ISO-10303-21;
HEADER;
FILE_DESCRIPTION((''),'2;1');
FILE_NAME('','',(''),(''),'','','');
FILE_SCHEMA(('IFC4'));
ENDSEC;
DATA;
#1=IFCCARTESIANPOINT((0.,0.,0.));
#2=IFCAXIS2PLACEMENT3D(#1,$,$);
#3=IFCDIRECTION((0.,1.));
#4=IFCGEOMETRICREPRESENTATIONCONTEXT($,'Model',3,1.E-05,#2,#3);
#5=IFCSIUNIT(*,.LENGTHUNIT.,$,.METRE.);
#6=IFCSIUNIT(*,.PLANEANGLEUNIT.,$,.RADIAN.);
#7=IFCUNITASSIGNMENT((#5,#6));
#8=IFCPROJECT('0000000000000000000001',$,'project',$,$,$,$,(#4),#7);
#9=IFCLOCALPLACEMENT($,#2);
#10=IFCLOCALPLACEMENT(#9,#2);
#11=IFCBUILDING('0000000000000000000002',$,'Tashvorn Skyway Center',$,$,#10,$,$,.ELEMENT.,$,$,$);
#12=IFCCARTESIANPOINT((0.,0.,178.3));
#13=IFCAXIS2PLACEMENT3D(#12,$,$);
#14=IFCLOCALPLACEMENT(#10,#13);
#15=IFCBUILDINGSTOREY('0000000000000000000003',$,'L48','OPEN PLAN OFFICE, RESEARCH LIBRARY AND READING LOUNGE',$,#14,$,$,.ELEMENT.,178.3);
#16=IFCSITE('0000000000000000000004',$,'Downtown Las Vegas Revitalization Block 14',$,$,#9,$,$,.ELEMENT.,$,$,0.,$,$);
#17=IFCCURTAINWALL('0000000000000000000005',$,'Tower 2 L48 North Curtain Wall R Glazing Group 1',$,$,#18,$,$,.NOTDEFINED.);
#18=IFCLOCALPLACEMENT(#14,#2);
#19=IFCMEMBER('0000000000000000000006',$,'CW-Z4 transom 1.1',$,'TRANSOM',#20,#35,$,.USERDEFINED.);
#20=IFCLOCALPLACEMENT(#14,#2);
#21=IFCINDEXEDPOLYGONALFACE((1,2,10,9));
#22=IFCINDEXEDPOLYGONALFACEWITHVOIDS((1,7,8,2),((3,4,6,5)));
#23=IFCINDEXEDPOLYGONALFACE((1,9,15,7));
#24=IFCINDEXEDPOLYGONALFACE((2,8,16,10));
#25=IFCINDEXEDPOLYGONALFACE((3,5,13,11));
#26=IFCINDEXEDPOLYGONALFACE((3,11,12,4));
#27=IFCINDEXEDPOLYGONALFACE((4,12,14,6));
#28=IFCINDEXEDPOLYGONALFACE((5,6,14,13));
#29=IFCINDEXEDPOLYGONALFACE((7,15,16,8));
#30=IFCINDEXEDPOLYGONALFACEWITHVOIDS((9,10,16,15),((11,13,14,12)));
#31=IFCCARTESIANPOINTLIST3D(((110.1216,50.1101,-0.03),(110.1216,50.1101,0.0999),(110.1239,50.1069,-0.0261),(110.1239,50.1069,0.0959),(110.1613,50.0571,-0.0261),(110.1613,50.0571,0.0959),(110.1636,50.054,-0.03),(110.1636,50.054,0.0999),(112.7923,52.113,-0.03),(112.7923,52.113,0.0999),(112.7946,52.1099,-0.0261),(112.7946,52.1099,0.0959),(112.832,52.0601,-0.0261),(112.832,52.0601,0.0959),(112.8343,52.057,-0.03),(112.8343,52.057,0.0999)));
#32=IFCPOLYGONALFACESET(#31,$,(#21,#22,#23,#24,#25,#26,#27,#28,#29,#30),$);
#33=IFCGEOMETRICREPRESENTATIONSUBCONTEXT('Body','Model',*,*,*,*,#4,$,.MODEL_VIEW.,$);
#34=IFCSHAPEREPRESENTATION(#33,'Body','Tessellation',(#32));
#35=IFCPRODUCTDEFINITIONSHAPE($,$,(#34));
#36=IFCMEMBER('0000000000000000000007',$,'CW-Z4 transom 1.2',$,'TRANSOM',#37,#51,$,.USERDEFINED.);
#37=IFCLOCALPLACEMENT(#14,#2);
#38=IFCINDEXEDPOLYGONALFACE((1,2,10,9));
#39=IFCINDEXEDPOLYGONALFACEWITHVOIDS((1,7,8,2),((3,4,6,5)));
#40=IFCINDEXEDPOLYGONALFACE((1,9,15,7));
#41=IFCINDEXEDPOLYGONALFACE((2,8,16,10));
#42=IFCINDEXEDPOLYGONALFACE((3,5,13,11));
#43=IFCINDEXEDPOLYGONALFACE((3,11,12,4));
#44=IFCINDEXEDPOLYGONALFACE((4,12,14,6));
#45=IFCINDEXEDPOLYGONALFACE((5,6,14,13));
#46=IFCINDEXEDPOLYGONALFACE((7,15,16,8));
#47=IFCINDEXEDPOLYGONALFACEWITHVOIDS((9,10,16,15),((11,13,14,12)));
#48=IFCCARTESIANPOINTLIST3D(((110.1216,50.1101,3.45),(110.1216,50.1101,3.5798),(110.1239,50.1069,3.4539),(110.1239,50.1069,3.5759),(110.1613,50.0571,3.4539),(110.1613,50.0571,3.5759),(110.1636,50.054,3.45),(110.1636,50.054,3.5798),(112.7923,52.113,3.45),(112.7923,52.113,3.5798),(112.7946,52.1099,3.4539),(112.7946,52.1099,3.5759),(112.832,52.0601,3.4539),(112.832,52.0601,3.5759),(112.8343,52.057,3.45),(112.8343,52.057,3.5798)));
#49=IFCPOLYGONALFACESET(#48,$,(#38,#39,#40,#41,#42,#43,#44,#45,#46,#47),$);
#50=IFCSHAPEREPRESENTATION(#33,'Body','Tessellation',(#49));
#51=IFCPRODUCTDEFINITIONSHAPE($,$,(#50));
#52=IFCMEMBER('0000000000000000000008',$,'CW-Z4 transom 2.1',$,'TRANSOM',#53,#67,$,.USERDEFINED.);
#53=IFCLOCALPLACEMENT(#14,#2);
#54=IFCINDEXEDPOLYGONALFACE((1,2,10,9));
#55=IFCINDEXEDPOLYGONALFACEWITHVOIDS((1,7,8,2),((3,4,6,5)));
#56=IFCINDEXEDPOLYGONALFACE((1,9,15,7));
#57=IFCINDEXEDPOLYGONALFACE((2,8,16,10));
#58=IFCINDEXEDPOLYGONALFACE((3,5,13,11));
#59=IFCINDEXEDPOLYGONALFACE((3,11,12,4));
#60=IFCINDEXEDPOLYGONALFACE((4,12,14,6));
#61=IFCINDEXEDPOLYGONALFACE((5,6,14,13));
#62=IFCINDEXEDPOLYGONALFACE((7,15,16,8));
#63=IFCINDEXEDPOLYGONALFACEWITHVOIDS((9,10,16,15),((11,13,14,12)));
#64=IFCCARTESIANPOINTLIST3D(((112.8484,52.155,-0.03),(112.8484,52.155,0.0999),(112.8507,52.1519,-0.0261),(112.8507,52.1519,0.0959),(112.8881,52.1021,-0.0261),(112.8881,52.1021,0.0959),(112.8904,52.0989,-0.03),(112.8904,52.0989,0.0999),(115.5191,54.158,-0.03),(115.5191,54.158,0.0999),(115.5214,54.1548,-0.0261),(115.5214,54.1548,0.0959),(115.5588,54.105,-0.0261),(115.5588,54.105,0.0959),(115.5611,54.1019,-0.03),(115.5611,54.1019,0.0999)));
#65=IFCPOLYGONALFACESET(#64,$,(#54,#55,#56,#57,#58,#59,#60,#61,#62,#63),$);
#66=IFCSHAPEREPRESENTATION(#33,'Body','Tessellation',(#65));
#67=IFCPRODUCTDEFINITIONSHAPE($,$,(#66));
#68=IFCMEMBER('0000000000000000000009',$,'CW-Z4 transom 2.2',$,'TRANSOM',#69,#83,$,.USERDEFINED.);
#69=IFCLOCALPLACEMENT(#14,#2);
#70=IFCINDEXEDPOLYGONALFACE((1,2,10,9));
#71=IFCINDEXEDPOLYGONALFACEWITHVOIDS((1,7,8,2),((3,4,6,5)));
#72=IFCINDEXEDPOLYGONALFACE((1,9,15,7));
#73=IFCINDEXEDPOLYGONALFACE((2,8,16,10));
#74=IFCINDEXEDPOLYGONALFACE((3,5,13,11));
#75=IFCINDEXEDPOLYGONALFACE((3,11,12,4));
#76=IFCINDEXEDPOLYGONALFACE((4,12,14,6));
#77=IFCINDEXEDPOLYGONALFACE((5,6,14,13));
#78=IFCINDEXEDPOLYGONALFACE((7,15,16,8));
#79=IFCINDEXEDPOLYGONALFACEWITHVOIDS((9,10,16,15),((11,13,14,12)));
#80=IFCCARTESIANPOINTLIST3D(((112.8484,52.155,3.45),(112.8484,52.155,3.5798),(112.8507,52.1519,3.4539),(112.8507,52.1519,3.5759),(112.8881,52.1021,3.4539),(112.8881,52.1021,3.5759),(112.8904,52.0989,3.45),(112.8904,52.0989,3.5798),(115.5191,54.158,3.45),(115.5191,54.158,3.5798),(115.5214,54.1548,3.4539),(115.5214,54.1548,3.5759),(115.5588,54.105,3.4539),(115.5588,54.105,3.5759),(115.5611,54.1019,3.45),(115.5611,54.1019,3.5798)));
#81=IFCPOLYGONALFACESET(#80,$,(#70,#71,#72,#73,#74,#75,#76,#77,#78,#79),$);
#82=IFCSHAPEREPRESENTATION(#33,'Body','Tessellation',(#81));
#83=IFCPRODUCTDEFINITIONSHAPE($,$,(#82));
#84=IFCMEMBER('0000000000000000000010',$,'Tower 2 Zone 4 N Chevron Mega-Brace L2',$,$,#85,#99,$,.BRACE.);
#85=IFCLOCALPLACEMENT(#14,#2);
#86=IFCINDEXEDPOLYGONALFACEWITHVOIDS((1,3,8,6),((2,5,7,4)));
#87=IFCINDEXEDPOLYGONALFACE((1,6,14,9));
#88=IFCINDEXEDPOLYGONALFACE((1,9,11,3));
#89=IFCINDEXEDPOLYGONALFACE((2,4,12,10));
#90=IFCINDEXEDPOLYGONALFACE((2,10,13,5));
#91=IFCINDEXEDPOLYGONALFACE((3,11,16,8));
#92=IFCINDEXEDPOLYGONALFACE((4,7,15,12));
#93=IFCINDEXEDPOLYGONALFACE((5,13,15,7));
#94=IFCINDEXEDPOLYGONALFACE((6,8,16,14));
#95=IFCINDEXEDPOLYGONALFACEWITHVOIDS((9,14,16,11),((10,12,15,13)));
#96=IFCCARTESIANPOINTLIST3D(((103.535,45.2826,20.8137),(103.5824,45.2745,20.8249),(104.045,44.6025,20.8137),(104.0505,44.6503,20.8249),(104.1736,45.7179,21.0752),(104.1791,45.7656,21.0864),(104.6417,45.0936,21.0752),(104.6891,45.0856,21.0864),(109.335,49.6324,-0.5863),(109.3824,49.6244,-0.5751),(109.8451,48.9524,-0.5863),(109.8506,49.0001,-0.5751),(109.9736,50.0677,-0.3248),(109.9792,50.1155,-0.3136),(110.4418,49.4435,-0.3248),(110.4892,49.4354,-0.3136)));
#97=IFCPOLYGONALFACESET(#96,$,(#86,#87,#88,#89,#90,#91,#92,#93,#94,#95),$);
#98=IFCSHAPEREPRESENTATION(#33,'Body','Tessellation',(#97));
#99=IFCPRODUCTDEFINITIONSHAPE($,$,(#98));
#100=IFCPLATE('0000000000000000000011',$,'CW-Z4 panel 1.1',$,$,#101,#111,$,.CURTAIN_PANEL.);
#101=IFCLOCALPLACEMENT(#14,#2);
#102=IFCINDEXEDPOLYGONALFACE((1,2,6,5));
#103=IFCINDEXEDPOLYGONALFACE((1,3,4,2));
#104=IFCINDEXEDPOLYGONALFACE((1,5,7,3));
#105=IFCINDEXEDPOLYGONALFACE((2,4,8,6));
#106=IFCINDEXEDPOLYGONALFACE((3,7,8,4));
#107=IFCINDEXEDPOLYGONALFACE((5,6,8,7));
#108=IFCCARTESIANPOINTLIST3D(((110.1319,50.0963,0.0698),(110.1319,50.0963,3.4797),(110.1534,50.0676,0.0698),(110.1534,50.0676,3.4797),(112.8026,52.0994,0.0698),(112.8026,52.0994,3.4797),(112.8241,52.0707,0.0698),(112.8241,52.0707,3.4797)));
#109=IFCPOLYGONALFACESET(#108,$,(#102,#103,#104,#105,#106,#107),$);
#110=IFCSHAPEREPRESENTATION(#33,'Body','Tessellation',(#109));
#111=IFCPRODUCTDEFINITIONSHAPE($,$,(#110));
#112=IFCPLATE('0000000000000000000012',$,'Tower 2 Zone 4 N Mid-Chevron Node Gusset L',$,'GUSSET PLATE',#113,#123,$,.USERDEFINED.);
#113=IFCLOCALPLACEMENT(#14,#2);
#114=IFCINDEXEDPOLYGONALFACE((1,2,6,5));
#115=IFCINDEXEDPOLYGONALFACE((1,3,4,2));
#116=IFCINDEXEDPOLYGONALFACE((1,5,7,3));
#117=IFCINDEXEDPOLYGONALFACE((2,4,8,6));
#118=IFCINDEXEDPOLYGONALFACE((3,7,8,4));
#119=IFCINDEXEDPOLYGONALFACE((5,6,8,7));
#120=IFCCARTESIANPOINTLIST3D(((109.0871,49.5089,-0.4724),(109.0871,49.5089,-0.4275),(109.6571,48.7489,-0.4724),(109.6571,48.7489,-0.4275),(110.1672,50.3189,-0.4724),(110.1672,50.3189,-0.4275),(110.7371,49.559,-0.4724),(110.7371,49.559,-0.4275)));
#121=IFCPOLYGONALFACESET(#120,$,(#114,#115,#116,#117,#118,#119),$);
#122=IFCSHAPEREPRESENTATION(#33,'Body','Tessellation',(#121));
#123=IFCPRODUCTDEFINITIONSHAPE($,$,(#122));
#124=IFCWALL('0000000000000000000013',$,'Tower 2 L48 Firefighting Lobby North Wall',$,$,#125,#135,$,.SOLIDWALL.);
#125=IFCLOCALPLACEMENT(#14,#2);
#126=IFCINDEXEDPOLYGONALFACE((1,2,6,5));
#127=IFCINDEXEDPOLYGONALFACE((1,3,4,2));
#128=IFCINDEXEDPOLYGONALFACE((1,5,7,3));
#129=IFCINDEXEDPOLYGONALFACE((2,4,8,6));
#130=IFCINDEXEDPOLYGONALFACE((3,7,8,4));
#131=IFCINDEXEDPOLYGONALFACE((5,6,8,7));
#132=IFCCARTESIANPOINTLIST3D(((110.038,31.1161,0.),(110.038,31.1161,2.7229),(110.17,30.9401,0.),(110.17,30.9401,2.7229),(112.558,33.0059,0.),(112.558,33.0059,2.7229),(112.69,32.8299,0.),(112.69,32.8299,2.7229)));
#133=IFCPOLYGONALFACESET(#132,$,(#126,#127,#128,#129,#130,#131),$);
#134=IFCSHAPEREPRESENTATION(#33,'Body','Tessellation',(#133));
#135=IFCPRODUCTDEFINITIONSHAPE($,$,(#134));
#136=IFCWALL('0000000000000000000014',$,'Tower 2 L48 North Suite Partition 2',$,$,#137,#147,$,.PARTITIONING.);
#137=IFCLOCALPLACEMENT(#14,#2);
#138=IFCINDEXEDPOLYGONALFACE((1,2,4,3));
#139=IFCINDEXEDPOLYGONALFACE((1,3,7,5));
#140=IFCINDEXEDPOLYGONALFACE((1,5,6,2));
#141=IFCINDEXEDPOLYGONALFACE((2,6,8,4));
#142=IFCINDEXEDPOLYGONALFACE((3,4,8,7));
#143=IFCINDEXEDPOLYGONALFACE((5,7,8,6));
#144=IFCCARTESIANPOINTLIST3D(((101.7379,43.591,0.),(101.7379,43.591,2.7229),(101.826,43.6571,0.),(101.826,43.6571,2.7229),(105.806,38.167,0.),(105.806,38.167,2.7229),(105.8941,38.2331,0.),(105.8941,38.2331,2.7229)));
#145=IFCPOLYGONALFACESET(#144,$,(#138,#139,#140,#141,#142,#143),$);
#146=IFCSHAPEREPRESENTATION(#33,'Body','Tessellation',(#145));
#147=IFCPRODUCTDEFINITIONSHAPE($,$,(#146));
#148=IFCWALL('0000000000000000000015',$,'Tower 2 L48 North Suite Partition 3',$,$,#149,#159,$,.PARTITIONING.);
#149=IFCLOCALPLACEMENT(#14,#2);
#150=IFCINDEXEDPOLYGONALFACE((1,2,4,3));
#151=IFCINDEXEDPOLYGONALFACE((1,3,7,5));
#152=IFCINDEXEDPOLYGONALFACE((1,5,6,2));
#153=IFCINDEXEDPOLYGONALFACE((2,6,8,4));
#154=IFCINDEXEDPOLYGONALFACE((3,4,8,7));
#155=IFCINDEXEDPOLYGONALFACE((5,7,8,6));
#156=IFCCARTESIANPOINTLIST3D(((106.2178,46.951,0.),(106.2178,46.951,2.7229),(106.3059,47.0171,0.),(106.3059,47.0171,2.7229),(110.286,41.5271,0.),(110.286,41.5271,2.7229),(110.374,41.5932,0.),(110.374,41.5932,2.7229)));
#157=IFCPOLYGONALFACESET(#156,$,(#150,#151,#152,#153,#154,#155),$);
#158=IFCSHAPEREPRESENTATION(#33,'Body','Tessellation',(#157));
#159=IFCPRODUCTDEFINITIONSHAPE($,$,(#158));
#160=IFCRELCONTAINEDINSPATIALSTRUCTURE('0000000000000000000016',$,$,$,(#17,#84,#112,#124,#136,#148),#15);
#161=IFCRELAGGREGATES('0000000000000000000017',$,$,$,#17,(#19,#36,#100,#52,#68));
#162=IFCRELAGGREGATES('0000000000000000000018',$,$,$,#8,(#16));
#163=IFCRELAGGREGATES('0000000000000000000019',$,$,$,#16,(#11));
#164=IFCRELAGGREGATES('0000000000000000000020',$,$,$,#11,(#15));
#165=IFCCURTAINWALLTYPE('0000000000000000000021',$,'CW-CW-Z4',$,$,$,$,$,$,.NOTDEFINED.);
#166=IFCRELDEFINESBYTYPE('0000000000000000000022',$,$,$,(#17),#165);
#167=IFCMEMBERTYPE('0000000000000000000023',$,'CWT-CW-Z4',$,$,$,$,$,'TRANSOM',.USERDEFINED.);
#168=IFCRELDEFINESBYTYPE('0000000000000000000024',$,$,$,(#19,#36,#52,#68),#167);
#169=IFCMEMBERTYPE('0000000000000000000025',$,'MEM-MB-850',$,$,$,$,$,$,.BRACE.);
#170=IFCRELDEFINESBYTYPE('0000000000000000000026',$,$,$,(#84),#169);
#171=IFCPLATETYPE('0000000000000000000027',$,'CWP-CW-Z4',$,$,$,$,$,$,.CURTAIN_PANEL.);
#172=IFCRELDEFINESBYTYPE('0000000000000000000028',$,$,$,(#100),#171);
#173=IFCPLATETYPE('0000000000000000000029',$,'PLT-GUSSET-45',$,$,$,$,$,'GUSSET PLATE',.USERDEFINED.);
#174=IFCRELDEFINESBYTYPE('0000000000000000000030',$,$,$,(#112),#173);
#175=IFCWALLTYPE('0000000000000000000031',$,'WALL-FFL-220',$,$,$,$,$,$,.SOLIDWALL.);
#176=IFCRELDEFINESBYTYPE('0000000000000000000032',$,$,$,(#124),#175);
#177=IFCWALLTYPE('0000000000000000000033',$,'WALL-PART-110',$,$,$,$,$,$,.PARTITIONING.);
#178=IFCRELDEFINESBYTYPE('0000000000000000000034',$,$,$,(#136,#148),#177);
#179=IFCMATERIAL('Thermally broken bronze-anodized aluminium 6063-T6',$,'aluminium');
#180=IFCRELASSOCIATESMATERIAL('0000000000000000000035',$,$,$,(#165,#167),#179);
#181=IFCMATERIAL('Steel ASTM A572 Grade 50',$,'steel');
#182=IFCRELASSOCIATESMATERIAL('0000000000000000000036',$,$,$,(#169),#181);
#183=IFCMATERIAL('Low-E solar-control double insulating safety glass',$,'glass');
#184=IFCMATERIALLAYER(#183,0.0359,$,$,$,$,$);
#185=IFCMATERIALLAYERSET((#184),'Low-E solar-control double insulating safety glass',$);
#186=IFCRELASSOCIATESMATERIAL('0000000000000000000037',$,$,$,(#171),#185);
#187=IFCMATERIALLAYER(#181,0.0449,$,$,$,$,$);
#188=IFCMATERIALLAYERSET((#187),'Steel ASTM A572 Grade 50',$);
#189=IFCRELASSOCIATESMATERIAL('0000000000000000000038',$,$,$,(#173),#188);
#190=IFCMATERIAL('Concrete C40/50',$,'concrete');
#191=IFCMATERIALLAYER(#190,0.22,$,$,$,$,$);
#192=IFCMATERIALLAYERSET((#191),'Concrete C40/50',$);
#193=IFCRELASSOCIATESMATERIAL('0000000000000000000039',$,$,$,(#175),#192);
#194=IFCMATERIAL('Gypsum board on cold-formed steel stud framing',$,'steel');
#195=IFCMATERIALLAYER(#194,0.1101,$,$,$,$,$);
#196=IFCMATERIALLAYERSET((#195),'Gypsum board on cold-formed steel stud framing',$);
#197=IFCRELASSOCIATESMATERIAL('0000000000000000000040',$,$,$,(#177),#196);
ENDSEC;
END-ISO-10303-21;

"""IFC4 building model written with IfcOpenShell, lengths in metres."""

from ifc_helpers import new_model, si_unit, direction, frame, frame_2d, origin, origin_2d, place, context, subcontext, project, spatial, rectangle, hollow_rectangle, extrude, material, layer, layer_set, material_profile, profile_set, type_object, element, aggregate, save


model = new_model("IFC4")

# Units and contexts
model_context = context("Model", 3, precision=1e-05, world=origin(), true_north=direction((0.0, 1.0)))
body_context = subcontext(model_context, "Body", "Model", "MODEL_VIEW")
ifc_project = project(units=[si_unit("LENGTHUNIT", "METRE"), si_unit("PLANEANGLEUNIT", "RADIAN")], contexts=[model_context])

# Site, building, storey
site_placement = place(None, origin())
site = spatial("IfcSite", under=ifc_project, at=site_placement, Name="Downtown Las Vegas Revitalization Block 14", CompositionType="ELEMENT", RefElevation=0.0)
building_placement = place(site_placement, origin())
building = spatial("IfcBuilding", under=site, at=building_placement, Name="Tashvorn Skyway Center", CompositionType="ELEMENT")
storey_placement = place(building_placement, frame((0.0, 0.0, 178.3)))
storey = spatial("IfcBuildingStorey", under=building, at=storey_placement, Name="L48", Description="OPEN PLAN OFFICE, RESEARCH LIBRARY AND READING LOUNGE", CompositionType="ELEMENT", Elevation=178.3)

# Shared definitions
ifc_material_1 = material(Name="Steel ASTM A572 Grade 50", Category="steel")

# Curtain wall, members
ifc_material_2 = material(Name="Thermally broken bronze-anodized aluminium 6063-T6", Category="aluminium")
curtain_wall_type = type_object("IfcCurtainWallType", Name="CW-CW-Z4", PredefinedType="NOTDEFINED", material=ifc_material_2)
curtain_wall_placement = place(storey_placement, origin())
curtain_wall = element("IfcCurtainWall", 1, at=curtain_wall_placement, inside=storey, type_object=curtain_wall_type, Name="Tower 2 L48 North Curtain Wall R Glazing Group 1", PredefinedType="NOTDEFINED")
ifc_material_profile_1 = material_profile(ifc_material_2, hollow_rectangle(XDim=0.0701, YDim=0.1299, WallThickness=0.0039, at=origin_2d()), Name="ALU-TRAN-70x130")
ifc_profile_set_1 = profile_set([ifc_material_profile_1], Name="Thermally broken bronze-anodized aluminium 6063-T6")
member_type_1 = type_object("IfcMemberType", Name="CWT-CW-Z4", ElementType="TRANSOM", PredefinedType="USERDEFINED", material=ifc_profile_set_1)
member_1_placement = place(storey_placement, frame((110.1426, 50.082, 0.0349), z_axis=(0.800009, 0.599988, 0.0), x_axis=(-0.599988, 0.800009, 0.0)))
member_1 = element("IfcMember", 2, at=member_1_placement, type_object=member_type_1, Name="CW-Z4 transom 1.1", ObjectType="TRANSOM", PredefinedType="USERDEFINED", context=body_context, shape_type="SweptSolid", body=[
    extrude(hollow_rectangle(XDim=0.0701, YDim=0.1299, WallThickness=0.0039, at=origin_2d()), origin(), (0.0, 0.0, 1.0), 3.3384),
])
member_2_placement = place(storey_placement, frame((110.1426, 50.082, 3.5149), z_axis=(0.800009, 0.599988, 0.0), x_axis=(-0.599988, 0.800009, 0.0)))
member_2 = element("IfcMember", 3, at=member_2_placement, type_object=member_type_1, Name="CW-Z4 transom 1.2", ObjectType="TRANSOM", PredefinedType="USERDEFINED", context=body_context, shape_type="SweptSolid", body=[
    extrude(hollow_rectangle(XDim=0.0701, YDim=0.1299, WallThickness=0.0039, at=origin_2d()), origin(), (0.0, 0.0, 1.0), 3.3384),
])
member_3_placement = place(storey_placement, frame((112.8694, 52.127, 0.0349), z_axis=(0.800009, 0.599988, 0.0), x_axis=(-0.599988, 0.800009, 0.0)))
member_3 = element("IfcMember", 4, at=member_3_placement, type_object=member_type_1, Name="CW-Z4 transom 2.1", ObjectType="TRANSOM", PredefinedType="USERDEFINED", context=body_context, shape_type="SweptSolid", body=[
    extrude(hollow_rectangle(XDim=0.0701, YDim=0.1299, WallThickness=0.0039, at=origin_2d()), origin(), (0.0, 0.0, 1.0), 3.3384),
])
member_4_placement = place(storey_placement, frame((112.8694, 52.127, 3.5149), z_axis=(0.800009, 0.599988, 0.0), x_axis=(-0.599988, 0.800009, 0.0)))
member_4 = element("IfcMember", 5, at=member_4_placement, type_object=member_type_1, Name="CW-Z4 transom 2.2", ObjectType="TRANSOM", PredefinedType="USERDEFINED", context=body_context, shape_type="SweptSolid", body=[
    extrude(hollow_rectangle(XDim=0.0701, YDim=0.1299, WallThickness=0.0039, at=origin_2d()), origin(), (0.0, 0.0, 1.0), 3.3384),
])

# Member
ifc_material_profile_2 = material_profile(ifc_material_1, hollow_rectangle(XDim=0.8501, YDim=0.8501, WallThickness=0.0349, at=origin_2d()), Name="BOX850x850x35")
ifc_profile_set_2 = profile_set([ifc_material_profile_2], Name="Steel ASTM A572 Grade 50")
member_type_2 = type_object("IfcMemberType", Name="MEM-MB-850", PredefinedType="BRACE", material=ifc_profile_set_2)
member_5_placement = place(storey_placement, frame((109.9121, 49.5339, -0.45), z_axis=(-0.2567, -0.192517, 0.947123), x_axis=(0.599984, -0.800012, 0.0)))
element("IfcMember", 6, at=member_5_placement, inside=storey, type_object=member_type_2, Name="Tower 2 Zone 4 N Chevron Mega-Brace L2", PredefinedType="BRACE", context=body_context, shape_type="SweptSolid", body=[
    extrude(hollow_rectangle(XDim=0.8501, YDim=0.8501, WallThickness=0.0349, at=origin_2d()), origin(), (0.0, 0.0, 1.0), 22.5947),
])

# Plates
ifc_material_3 = material(Name="Low-E solar-control double insulating safety glass", Category="glass")
ifc_layer_1 = layer(ifc_material_3, 0.0359)
ifc_layer_set_1 = layer_set([ifc_layer_1], Name="Low-E solar-control double insulating safety glass")
plate_type_1 = type_object("IfcPlateType", Name="CWP-CW-Z4", PredefinedType="CURTAIN_PANEL", material=ifc_layer_set_1)
plate_1_placement = place(storey_placement, frame((111.478, 51.0835, 0.0698), z_axis=(0.0, 0.0, 1.0), x_axis=(0.799998, 0.600002, 0.0)))
plate_1 = element("IfcPlate", 7, at=plate_1_placement, type_object=plate_type_1, Name="CW-Z4 panel 1.1", PredefinedType="CURTAIN_PANEL", context=body_context, shape_type="SweptSolid", body=[
    extrude(rectangle(XDim=3.3384, YDim=0.0359, at=origin_2d()), origin(), (0.0, 0.0, 1.0), 3.4099),
])
aggregate(curtain_wall, [member_1, member_2, plate_1, member_3, member_4])
ifc_layer_2 = layer(ifc_material_1, 0.0449)
ifc_layer_set_2 = layer_set([ifc_layer_2], Name="Steel ASTM A572 Grade 50")
plate_type_2 = type_object("IfcPlateType", Name="PLT-GUSSET-45", ElementType="GUSSET PLATE", PredefinedType="USERDEFINED", material=ifc_layer_set_2)
plate_2_placement = place(storey_placement, frame((109.9121, 49.5339, -0.4724), z_axis=(0.0, 0.0, 1.0), x_axis=(-0.8, -0.6, 0.0)))
element("IfcPlate", 8, at=plate_2_placement, inside=storey, type_object=plate_type_2, Name="Tower 2 Zone 4 N Mid-Chevron Node Gusset L", ObjectType="GUSSET PLATE", PredefinedType="USERDEFINED", context=body_context, shape_type="SweptSolid", body=[
    extrude(rectangle(XDim=1.3501, YDim=0.95, at=origin_2d()), origin(), (0.0, 0.0, 1.0), 0.0449),
])

# Walls
ifc_material_4 = material(Name="Concrete C40/50", Category="concrete")
ifc_layer_3 = layer(ifc_material_4, 0.22)
ifc_layer_set_3 = layer_set([ifc_layer_3], Name="Concrete C40/50")
wall_type_1 = type_object("IfcWallType", Name="WALL-FFL-220", PredefinedType="SOLIDWALL", material=ifc_layer_set_3)
wall_1_placement = place(storey_placement, frame((110.104, 31.0281, 0.0), z_axis=(0.0, 0.0, 1.0), x_axis=(0.800019, 0.599975, 0.0)))
element("IfcWall", 9, at=wall_1_placement, inside=storey, type_object=wall_type_1, Name="Tower 2 L48 Firefighting Lobby North Wall", PredefinedType="SOLIDWALL", context=body_context, shape_type="SweptSolid", body=[
    extrude(rectangle(XDim=3.1499, YDim=0.22, at=frame_2d((1.575, 0.0))), origin(), (0.0, 0.0, 1.0), 2.7229),
])
ifc_material_5 = material(Name="Gypsum board on cold-formed steel stud framing", Category="steel")
ifc_layer_4 = layer(ifc_material_5, 0.1101)
ifc_layer_set_4 = layer_set([ifc_layer_4], Name="Gypsum board on cold-formed steel stud framing")
wall_type_2 = type_object("IfcWallType", Name="WALL-PART-110", PredefinedType="PARTITIONING", material=ifc_layer_set_4)
for number, where, z_axis, x_axis, name in (
    (10, (105.8501, 38.2, 0.0), (0.0, 0.0, 1.0), (-0.600006, 0.799996, 0.0), "Tower 2 L48 North Suite Partition 2"),
    (11, (110.3301, 41.5601, 0.0), (0.0, 0.0, 1.0), (-0.600023, 0.799983, 0.0), "Tower 2 L48 North Suite Partition 3"),
):
    element("IfcWall", number, at=place(storey_placement, frame(where, z_axis=z_axis, x_axis=x_axis)), inside=storey, type_object=wall_type_2, Name=name, PredefinedType="PARTITIONING", context=body_context, shape_type="SweptSolid", body=[
        extrude(rectangle(XDim=6.78, YDim=0.1101, at=frame_2d((3.3901, 0.0))), origin(), (0.0, 0.0, 1.0), 2.7229),
    ])

save(model, "model.ifc")
